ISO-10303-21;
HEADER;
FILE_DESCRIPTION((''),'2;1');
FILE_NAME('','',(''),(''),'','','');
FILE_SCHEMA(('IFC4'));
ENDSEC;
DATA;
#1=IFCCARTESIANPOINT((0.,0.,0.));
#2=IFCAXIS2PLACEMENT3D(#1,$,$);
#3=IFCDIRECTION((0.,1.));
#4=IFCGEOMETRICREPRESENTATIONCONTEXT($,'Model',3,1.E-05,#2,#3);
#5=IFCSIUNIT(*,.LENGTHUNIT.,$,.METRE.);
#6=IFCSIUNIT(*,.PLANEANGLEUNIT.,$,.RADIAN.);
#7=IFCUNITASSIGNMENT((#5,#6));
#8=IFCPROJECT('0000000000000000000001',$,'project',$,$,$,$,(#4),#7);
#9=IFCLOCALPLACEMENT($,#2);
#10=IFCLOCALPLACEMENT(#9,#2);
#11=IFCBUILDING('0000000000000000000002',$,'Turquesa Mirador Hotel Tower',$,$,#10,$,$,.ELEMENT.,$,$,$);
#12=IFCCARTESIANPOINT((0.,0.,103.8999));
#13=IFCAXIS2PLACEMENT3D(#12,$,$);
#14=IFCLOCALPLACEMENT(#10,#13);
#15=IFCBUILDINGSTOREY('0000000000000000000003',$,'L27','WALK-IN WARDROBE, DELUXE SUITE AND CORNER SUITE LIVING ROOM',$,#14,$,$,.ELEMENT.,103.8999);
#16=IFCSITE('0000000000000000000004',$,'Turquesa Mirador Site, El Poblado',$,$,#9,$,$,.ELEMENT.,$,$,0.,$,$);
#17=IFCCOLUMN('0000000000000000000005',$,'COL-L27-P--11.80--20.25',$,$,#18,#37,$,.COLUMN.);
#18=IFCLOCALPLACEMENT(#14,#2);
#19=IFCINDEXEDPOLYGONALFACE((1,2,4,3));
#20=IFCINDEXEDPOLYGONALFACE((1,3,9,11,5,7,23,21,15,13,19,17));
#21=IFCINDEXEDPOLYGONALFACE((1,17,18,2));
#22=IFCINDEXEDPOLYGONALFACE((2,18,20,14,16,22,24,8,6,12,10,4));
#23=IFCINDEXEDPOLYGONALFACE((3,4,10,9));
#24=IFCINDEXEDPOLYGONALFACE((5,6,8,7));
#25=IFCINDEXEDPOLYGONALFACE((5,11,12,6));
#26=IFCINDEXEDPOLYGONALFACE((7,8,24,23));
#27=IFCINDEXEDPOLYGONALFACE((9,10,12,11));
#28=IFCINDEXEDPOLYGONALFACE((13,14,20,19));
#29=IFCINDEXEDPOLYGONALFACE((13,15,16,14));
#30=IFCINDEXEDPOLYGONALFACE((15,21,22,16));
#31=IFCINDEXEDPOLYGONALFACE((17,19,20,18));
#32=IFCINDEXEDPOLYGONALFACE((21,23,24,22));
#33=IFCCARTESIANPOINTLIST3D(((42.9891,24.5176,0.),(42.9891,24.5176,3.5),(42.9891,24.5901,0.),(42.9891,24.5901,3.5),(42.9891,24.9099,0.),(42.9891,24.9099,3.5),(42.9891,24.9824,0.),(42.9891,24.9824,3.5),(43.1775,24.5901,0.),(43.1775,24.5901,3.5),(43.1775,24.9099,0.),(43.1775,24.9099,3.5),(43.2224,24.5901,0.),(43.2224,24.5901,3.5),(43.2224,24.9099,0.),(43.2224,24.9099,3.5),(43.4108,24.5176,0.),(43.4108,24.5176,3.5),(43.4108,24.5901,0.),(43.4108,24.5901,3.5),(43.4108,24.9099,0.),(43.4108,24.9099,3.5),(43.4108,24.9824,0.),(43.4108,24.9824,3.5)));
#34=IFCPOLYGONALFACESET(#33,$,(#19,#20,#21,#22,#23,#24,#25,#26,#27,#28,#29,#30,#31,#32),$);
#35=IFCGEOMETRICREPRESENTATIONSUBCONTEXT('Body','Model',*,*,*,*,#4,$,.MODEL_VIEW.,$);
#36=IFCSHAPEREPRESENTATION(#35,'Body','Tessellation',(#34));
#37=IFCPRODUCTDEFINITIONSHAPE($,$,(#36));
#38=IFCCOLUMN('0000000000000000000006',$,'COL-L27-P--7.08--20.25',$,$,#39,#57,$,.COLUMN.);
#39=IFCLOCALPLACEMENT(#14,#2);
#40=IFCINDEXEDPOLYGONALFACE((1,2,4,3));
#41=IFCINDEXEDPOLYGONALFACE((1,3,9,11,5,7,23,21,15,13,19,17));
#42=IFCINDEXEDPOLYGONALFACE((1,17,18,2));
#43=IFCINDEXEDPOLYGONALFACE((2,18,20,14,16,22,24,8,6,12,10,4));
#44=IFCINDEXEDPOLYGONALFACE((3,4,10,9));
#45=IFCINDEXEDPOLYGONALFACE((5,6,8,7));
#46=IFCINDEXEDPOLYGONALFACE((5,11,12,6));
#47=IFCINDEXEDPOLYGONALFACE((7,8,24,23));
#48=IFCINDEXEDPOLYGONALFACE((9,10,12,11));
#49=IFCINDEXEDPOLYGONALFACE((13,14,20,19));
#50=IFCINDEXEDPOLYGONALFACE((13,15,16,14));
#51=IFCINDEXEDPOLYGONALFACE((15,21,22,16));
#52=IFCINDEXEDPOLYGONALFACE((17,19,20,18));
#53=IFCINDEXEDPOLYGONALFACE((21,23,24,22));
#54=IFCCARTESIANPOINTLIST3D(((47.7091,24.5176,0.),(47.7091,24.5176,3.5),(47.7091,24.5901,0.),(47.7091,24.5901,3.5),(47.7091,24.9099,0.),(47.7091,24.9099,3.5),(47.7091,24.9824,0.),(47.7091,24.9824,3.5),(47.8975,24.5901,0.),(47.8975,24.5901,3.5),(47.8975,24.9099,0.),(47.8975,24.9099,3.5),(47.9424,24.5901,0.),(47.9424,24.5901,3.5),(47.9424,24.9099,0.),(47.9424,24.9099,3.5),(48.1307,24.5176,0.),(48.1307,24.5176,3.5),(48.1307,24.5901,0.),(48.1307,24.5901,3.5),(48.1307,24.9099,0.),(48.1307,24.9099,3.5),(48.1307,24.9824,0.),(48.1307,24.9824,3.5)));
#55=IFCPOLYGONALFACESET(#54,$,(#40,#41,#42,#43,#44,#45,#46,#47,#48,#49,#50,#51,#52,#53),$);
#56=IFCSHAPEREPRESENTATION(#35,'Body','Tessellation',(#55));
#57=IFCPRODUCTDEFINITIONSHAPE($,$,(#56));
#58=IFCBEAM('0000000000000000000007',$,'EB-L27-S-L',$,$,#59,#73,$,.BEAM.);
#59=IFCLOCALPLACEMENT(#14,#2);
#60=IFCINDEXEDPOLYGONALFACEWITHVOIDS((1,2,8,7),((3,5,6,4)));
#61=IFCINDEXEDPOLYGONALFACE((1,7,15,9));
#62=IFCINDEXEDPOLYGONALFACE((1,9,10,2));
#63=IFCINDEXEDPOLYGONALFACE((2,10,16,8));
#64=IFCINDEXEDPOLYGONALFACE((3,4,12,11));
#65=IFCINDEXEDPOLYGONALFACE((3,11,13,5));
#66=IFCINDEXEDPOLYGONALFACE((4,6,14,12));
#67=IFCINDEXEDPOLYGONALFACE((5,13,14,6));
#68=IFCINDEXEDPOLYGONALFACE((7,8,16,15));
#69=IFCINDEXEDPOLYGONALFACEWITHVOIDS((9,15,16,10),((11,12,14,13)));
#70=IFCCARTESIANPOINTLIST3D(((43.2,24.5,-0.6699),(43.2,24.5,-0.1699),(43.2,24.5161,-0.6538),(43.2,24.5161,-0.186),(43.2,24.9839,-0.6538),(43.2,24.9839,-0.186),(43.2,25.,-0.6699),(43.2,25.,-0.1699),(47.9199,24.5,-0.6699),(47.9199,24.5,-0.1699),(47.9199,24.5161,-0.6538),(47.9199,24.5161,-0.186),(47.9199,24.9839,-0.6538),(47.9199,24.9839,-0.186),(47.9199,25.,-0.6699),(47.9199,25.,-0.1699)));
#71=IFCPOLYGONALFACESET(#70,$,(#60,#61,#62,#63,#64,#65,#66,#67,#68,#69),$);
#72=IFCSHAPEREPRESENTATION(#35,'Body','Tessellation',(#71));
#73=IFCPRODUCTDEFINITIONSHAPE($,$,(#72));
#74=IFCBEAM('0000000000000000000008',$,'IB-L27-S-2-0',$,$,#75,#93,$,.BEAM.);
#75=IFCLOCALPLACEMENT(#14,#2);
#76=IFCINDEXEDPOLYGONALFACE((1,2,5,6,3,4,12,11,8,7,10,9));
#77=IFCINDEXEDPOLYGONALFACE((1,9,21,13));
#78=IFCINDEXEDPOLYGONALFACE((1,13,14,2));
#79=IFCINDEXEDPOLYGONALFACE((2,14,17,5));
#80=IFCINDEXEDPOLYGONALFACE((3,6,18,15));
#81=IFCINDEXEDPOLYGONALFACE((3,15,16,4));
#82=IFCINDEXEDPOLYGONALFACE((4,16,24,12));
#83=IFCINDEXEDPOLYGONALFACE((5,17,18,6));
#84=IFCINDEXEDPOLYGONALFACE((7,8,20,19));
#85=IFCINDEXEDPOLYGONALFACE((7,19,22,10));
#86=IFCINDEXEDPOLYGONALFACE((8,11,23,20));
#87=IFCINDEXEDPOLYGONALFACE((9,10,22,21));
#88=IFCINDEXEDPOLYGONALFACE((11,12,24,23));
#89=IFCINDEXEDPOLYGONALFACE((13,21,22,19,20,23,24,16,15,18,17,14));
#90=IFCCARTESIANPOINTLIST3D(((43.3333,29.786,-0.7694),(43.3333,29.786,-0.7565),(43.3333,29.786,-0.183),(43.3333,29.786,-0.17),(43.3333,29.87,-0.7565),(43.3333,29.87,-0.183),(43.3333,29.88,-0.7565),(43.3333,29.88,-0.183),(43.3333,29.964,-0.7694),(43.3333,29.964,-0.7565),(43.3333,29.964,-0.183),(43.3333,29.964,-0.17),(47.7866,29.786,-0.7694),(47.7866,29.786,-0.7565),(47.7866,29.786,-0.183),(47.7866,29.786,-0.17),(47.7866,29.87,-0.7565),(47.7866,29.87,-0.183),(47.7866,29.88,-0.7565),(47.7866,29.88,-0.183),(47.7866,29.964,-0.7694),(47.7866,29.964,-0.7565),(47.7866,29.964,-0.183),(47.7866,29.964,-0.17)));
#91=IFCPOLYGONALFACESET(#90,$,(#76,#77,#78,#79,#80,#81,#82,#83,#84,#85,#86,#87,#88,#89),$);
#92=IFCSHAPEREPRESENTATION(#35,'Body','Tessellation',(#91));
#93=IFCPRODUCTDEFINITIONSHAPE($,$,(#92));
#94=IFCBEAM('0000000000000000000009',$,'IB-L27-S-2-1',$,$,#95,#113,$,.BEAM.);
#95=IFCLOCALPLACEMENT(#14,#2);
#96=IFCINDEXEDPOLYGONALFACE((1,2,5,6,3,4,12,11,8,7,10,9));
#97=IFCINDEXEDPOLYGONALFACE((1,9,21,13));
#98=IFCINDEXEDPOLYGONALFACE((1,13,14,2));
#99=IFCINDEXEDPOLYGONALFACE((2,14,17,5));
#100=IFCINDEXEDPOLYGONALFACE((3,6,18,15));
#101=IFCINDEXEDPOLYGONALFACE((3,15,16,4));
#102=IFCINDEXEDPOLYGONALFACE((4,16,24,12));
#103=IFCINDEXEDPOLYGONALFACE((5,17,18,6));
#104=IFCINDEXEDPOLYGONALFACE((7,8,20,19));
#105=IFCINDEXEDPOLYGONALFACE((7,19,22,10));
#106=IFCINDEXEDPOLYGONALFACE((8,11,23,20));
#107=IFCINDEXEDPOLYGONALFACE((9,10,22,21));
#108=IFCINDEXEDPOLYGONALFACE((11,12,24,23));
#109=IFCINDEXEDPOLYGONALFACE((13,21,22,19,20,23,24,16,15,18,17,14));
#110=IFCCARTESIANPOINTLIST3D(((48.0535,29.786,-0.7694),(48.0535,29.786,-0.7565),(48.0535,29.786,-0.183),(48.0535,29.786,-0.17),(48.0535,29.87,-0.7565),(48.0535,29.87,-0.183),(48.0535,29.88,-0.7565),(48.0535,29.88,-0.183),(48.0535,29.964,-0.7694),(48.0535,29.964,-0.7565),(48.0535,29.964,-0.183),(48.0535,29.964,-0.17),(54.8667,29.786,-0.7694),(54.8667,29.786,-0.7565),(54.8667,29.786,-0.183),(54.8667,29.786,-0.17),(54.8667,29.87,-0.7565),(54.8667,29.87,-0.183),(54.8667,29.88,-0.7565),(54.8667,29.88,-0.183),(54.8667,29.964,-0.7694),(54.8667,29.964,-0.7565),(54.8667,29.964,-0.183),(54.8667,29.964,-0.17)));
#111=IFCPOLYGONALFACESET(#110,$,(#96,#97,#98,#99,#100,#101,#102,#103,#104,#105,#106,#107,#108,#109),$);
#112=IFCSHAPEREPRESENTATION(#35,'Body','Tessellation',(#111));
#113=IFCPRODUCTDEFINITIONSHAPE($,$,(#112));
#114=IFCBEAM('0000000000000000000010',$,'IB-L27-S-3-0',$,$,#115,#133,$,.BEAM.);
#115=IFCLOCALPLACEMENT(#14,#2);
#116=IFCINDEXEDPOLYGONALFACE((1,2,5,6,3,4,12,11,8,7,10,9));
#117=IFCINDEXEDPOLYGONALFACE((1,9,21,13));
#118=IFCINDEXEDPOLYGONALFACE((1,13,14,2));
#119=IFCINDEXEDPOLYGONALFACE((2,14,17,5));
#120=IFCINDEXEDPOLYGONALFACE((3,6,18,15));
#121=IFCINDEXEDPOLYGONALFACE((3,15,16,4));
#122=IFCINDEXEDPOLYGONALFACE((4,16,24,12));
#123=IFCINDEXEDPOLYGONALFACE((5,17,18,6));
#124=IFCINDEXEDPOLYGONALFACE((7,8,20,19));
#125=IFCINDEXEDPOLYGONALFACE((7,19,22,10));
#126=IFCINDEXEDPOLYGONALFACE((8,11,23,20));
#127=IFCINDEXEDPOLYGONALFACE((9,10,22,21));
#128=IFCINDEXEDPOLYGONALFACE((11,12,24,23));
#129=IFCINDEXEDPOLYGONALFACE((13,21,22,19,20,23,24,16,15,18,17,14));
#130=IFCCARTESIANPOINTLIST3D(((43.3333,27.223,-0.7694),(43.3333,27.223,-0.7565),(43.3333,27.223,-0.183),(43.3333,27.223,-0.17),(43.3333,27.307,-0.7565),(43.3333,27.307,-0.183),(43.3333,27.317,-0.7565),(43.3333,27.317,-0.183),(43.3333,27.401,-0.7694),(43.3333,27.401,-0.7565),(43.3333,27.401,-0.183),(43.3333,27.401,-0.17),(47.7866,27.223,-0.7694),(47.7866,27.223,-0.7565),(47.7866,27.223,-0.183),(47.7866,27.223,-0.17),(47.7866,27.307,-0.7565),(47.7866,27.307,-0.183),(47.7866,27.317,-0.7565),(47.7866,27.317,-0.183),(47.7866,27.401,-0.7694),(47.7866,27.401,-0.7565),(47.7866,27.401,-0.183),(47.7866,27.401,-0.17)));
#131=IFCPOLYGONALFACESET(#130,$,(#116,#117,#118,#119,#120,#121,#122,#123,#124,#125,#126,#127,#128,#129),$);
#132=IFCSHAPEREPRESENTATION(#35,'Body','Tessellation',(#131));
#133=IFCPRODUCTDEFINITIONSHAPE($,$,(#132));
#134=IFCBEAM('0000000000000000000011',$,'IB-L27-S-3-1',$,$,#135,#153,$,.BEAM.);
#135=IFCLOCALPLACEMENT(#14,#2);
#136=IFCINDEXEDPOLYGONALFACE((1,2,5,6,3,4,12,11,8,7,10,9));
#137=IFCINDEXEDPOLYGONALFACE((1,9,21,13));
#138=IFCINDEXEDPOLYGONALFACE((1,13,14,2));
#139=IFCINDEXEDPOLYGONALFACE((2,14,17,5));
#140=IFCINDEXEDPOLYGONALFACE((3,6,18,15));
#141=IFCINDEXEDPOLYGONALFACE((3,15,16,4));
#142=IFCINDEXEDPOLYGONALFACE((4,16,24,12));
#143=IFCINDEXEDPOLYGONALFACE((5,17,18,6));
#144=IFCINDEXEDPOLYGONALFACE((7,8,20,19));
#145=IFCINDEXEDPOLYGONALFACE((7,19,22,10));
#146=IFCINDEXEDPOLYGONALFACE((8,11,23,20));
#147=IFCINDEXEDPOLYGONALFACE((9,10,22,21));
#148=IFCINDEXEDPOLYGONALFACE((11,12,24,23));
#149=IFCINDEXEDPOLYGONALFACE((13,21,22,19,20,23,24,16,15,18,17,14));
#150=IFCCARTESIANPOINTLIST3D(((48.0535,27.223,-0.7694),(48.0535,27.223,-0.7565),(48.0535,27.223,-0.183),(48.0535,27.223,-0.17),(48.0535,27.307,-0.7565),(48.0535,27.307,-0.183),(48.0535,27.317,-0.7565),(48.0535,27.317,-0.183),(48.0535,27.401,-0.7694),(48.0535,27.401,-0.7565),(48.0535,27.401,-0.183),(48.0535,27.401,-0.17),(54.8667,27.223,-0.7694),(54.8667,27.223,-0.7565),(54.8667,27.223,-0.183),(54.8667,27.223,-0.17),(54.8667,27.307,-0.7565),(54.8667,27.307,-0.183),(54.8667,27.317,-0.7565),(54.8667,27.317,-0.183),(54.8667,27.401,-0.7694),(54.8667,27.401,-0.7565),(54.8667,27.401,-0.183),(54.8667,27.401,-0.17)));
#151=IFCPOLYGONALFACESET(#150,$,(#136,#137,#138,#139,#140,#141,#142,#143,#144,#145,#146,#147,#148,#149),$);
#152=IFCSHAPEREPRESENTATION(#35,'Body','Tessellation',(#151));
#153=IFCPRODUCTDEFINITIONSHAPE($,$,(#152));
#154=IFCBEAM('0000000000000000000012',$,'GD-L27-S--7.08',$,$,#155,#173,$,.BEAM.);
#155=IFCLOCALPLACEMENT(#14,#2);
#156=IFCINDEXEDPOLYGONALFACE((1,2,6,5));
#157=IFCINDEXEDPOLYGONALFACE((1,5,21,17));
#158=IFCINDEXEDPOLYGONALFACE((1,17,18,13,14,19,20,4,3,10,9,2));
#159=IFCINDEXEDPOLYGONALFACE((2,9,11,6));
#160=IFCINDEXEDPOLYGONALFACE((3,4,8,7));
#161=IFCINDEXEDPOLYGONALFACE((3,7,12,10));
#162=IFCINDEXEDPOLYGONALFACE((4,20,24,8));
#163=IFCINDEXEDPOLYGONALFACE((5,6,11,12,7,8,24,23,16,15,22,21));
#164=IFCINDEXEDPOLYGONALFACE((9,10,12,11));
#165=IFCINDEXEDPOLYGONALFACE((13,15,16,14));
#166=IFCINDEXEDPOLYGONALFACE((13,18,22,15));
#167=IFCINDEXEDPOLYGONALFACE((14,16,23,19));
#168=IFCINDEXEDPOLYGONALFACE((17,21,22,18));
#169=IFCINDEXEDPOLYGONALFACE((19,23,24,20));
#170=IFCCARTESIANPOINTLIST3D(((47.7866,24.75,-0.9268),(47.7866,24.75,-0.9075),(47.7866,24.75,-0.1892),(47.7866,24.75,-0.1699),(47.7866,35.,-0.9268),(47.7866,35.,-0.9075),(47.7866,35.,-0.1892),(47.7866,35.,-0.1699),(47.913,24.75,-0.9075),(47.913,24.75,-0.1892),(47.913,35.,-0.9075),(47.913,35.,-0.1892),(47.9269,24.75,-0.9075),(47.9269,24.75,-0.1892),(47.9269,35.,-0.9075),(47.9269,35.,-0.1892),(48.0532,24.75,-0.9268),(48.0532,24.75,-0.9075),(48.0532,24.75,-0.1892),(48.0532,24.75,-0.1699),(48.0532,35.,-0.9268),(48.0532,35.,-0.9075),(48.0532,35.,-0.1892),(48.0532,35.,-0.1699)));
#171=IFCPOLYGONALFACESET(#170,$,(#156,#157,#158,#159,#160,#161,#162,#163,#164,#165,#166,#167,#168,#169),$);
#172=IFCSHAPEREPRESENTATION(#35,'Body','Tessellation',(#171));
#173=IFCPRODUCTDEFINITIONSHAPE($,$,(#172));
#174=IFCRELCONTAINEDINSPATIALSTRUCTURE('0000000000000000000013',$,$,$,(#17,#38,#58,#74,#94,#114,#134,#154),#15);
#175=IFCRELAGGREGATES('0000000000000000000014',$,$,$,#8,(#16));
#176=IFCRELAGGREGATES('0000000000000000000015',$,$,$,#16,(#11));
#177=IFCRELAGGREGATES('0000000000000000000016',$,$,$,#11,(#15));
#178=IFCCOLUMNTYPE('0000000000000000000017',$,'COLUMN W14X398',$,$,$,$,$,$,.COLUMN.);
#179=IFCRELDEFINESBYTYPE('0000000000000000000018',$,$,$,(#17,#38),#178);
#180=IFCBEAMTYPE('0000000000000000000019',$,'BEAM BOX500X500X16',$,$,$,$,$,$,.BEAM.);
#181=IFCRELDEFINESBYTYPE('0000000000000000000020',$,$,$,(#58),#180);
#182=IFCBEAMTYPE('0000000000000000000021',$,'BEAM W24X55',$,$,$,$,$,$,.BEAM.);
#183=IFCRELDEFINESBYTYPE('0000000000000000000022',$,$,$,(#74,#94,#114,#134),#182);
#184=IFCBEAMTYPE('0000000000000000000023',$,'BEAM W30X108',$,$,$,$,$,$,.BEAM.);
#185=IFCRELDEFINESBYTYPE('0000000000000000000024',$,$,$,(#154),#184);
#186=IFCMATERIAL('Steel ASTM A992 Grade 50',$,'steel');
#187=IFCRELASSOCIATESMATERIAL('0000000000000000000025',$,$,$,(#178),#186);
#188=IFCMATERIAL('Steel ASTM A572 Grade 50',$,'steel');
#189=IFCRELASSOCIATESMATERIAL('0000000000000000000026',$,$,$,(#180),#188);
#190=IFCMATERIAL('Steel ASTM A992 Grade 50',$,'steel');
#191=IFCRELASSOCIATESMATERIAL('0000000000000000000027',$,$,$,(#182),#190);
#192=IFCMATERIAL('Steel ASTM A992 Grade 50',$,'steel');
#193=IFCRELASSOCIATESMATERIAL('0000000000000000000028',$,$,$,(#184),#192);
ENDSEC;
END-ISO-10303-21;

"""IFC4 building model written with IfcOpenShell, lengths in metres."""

from ifc_helpers import new_model, si_unit, direction, frame, origin, origin_2d, place, context, subcontext, project, spatial, hollow_rectangle, i_section, extrude, material, material_profile, profile_set, type_object, element, save


model = new_model("IFC4")

# Units and contexts
model_context = context("Model", 3, precision=1e-05, world=origin(), true_north=direction((0.0, 1.0)))
body_context = subcontext(model_context, "Body", "Model", "MODEL_VIEW")
ifc_project = project(units=[si_unit("LENGTHUNIT", "METRE"), si_unit("PLANEANGLEUNIT", "RADIAN")], contexts=[model_context])

# Site, building, storey
site_placement = place(None, origin())
site = spatial("IfcSite", under=ifc_project, at=site_placement, Name="Turquesa Mirador Site, El Poblado", CompositionType="ELEMENT", RefElevation=0.0)
building_placement = place(site_placement, origin())
building = spatial("IfcBuilding", under=site, at=building_placement, Name="Turquesa Mirador Hotel Tower", CompositionType="ELEMENT")
storey_placement = place(building_placement, frame((0.0, 0.0, 103.8999)))
storey = spatial("IfcBuildingStorey", under=building, at=storey_placement, Name="L27", Description="WALK-IN WARDROBE, DELUXE SUITE AND CORNER SUITE LIVING ROOM", CompositionType="ELEMENT", Elevation=103.8999)

# Columns
ifc_material_1 = material(Name="Steel ASTM A992 Grade 50", Category="steel")
ifc_material_profile_1 = material_profile(ifc_material_1, i_section(OverallWidth=0.4216, OverallDepth=0.4648, WebThickness=0.0449, FlangeThickness=0.0725, at=origin_2d()), Name="W14X398")
ifc_profile_set_1 = profile_set([ifc_material_profile_1], Name="Steel ASTM A992 Grade 50")
column_type = type_object("IfcColumnType", Name="COLUMN W14X398", PredefinedType="COLUMN", material=ifc_profile_set_1)
for number, where, z_axis, x_axis, name in (
    (1, (43.2, 24.75, 0.0), (0.0, 0.0, 1.0), (1.0, 0.0, 0.0), "COL-L27-P--11.80--20.25"),
    (2, (47.9199, 24.75, 0.0), (0.0, 0.0, 1.0), (1.0, 0.0, 0.0), "COL-L27-P--7.08--20.25"),
):
    element("IfcColumn", number, at=place(storey_placement, frame(where, z_axis=z_axis, x_axis=x_axis)), inside=storey, type_object=column_type, Name=name, PredefinedType="COLUMN", context=body_context, shape_type="SweptSolid", body=[
        extrude(i_section(OverallWidth=0.4216, OverallDepth=0.4648, WebThickness=0.0449, FlangeThickness=0.0725, at=origin_2d()), origin(), (0.0, 0.0, 1.0), 3.5),
    ])

# Beams
ifc_material_2 = material(Name="Steel ASTM A572 Grade 50", Category="steel")
ifc_material_profile_2 = material_profile(ifc_material_2, hollow_rectangle(XDim=0.5, YDim=0.5, WallThickness=0.0161, at=origin_2d()), Name="BOX500X500X16")
ifc_profile_set_2 = profile_set([ifc_material_profile_2], Name="Steel ASTM A572 Grade 50")
beam_type_1 = type_object("IfcBeamType", Name="BEAM BOX500X500X16", PredefinedType="BEAM", material=ifc_profile_set_2)
beam_1_placement = place(storey_placement, frame((43.2, 24.75, -0.4199), z_axis=(1.0, 0.0, 0.0), x_axis=(0.0, 1.0, 0.0)))
element("IfcBeam", 3, at=beam_1_placement, inside=storey, type_object=beam_type_1, Name="EB-L27-S-L", PredefinedType="BEAM", context=body_context, shape_type="SweptSolid", body=[
    extrude(hollow_rectangle(XDim=0.5, YDim=0.5, WallThickness=0.0161, at=origin_2d()), origin(), (0.0, 0.0, 1.0), 4.72),
])
ifc_material_3 = material(Name="Steel ASTM A992 Grade 50", Category="steel")
ifc_material_profile_3 = material_profile(ifc_material_3, i_section(OverallWidth=0.178, OverallDepth=0.5994, WebThickness=0.01, FlangeThickness=0.0129, at=origin_2d()), Name="W24X55")
ifc_profile_set_3 = profile_set([ifc_material_profile_3], Name="Steel ASTM A992 Grade 50")
beam_type_2 = type_object("IfcBeamType", Name="BEAM W24X55", PredefinedType="BEAM", material=ifc_profile_set_3)
beam_2_placement = place(storey_placement, frame((43.3333, 29.875, -0.4697), z_axis=(1.0, 0.0, 0.0), x_axis=(0.0, 1.0, 0.0)))
element("IfcBeam", 4, at=beam_2_placement, inside=storey, type_object=beam_type_2, Name="IB-L27-S-2-0", PredefinedType="BEAM", context=body_context, shape_type="SweptSolid", body=[
    extrude(i_section(OverallWidth=0.178, OverallDepth=0.5994, WebThickness=0.01, FlangeThickness=0.0129, at=origin_2d()), origin(), (0.0, 0.0, 1.0), 4.4534),
])
beam_3_placement = place(storey_placement, frame((48.0535, 29.875, -0.4697), z_axis=(1.0, 0.0, 0.0), x_axis=(0.0, 1.0, 0.0)))
element("IfcBeam", 5, at=beam_3_placement, inside=storey, type_object=beam_type_2, Name="IB-L27-S-2-1", PredefinedType="BEAM", context=body_context, shape_type="SweptSolid", body=[
    extrude(i_section(OverallWidth=0.178, OverallDepth=0.5994, WebThickness=0.01, FlangeThickness=0.0129, at=origin_2d()), origin(), (0.0, 0.0, 1.0), 6.8132),
])
beam_4_placement = place(storey_placement, frame((43.3333, 27.312, -0.4697), z_axis=(1.0, 0.0, 0.0), x_axis=(0.0, 1.0, 0.0)))
element("IfcBeam", 6, at=beam_4_placement, inside=storey, type_object=beam_type_2, Name="IB-L27-S-3-0", PredefinedType="BEAM", context=body_context, shape_type="SweptSolid", body=[
    extrude(i_section(OverallWidth=0.178, OverallDepth=0.5994, WebThickness=0.01, FlangeThickness=0.0129, at=origin_2d()), origin(), (0.0, 0.0, 1.0), 4.4534),
])
beam_5_placement = place(storey_placement, frame((48.0535, 27.312, -0.4697), z_axis=(1.0, 0.0, 0.0), x_axis=(0.0, 1.0, 0.0)))
element("IfcBeam", 7, at=beam_5_placement, inside=storey, type_object=beam_type_2, Name="IB-L27-S-3-1", PredefinedType="BEAM", context=body_context, shape_type="SweptSolid", body=[
    extrude(i_section(OverallWidth=0.178, OverallDepth=0.5994, WebThickness=0.01, FlangeThickness=0.0129, at=origin_2d()), origin(), (0.0, 0.0, 1.0), 6.8132),
])
ifc_material_4 = material(Name="Steel ASTM A992 Grade 50", Category="steel")
ifc_material_profile_4 = material_profile(ifc_material_4, i_section(OverallWidth=0.2666, OverallDepth=0.7568, WebThickness=0.0139, FlangeThickness=0.0193, at=origin_2d()), Name="W30X108")
ifc_profile_set_4 = profile_set([ifc_material_profile_4], Name="Steel ASTM A992 Grade 50")
beam_type_3 = type_object("IfcBeamType", Name="BEAM W30X108", PredefinedType="BEAM", material=ifc_profile_set_4)
beam_6_placement = place(storey_placement, frame((47.9199, 24.75, -0.5483), z_axis=(0.0, 1.0, 0.0), x_axis=(-1.0, 0.0, 0.0)))
element("IfcBeam", 8, at=beam_6_placement, inside=storey, type_object=beam_type_3, Name="GD-L27-S--7.08", PredefinedType="BEAM", context=body_context, shape_type="SweptSolid", body=[
    extrude(i_section(OverallWidth=0.2666, OverallDepth=0.7568, WebThickness=0.0139, FlangeThickness=0.0193, at=origin_2d()), origin(), (0.0, 0.0, 1.0), 10.25),
])

save(model, "model.ifc")
